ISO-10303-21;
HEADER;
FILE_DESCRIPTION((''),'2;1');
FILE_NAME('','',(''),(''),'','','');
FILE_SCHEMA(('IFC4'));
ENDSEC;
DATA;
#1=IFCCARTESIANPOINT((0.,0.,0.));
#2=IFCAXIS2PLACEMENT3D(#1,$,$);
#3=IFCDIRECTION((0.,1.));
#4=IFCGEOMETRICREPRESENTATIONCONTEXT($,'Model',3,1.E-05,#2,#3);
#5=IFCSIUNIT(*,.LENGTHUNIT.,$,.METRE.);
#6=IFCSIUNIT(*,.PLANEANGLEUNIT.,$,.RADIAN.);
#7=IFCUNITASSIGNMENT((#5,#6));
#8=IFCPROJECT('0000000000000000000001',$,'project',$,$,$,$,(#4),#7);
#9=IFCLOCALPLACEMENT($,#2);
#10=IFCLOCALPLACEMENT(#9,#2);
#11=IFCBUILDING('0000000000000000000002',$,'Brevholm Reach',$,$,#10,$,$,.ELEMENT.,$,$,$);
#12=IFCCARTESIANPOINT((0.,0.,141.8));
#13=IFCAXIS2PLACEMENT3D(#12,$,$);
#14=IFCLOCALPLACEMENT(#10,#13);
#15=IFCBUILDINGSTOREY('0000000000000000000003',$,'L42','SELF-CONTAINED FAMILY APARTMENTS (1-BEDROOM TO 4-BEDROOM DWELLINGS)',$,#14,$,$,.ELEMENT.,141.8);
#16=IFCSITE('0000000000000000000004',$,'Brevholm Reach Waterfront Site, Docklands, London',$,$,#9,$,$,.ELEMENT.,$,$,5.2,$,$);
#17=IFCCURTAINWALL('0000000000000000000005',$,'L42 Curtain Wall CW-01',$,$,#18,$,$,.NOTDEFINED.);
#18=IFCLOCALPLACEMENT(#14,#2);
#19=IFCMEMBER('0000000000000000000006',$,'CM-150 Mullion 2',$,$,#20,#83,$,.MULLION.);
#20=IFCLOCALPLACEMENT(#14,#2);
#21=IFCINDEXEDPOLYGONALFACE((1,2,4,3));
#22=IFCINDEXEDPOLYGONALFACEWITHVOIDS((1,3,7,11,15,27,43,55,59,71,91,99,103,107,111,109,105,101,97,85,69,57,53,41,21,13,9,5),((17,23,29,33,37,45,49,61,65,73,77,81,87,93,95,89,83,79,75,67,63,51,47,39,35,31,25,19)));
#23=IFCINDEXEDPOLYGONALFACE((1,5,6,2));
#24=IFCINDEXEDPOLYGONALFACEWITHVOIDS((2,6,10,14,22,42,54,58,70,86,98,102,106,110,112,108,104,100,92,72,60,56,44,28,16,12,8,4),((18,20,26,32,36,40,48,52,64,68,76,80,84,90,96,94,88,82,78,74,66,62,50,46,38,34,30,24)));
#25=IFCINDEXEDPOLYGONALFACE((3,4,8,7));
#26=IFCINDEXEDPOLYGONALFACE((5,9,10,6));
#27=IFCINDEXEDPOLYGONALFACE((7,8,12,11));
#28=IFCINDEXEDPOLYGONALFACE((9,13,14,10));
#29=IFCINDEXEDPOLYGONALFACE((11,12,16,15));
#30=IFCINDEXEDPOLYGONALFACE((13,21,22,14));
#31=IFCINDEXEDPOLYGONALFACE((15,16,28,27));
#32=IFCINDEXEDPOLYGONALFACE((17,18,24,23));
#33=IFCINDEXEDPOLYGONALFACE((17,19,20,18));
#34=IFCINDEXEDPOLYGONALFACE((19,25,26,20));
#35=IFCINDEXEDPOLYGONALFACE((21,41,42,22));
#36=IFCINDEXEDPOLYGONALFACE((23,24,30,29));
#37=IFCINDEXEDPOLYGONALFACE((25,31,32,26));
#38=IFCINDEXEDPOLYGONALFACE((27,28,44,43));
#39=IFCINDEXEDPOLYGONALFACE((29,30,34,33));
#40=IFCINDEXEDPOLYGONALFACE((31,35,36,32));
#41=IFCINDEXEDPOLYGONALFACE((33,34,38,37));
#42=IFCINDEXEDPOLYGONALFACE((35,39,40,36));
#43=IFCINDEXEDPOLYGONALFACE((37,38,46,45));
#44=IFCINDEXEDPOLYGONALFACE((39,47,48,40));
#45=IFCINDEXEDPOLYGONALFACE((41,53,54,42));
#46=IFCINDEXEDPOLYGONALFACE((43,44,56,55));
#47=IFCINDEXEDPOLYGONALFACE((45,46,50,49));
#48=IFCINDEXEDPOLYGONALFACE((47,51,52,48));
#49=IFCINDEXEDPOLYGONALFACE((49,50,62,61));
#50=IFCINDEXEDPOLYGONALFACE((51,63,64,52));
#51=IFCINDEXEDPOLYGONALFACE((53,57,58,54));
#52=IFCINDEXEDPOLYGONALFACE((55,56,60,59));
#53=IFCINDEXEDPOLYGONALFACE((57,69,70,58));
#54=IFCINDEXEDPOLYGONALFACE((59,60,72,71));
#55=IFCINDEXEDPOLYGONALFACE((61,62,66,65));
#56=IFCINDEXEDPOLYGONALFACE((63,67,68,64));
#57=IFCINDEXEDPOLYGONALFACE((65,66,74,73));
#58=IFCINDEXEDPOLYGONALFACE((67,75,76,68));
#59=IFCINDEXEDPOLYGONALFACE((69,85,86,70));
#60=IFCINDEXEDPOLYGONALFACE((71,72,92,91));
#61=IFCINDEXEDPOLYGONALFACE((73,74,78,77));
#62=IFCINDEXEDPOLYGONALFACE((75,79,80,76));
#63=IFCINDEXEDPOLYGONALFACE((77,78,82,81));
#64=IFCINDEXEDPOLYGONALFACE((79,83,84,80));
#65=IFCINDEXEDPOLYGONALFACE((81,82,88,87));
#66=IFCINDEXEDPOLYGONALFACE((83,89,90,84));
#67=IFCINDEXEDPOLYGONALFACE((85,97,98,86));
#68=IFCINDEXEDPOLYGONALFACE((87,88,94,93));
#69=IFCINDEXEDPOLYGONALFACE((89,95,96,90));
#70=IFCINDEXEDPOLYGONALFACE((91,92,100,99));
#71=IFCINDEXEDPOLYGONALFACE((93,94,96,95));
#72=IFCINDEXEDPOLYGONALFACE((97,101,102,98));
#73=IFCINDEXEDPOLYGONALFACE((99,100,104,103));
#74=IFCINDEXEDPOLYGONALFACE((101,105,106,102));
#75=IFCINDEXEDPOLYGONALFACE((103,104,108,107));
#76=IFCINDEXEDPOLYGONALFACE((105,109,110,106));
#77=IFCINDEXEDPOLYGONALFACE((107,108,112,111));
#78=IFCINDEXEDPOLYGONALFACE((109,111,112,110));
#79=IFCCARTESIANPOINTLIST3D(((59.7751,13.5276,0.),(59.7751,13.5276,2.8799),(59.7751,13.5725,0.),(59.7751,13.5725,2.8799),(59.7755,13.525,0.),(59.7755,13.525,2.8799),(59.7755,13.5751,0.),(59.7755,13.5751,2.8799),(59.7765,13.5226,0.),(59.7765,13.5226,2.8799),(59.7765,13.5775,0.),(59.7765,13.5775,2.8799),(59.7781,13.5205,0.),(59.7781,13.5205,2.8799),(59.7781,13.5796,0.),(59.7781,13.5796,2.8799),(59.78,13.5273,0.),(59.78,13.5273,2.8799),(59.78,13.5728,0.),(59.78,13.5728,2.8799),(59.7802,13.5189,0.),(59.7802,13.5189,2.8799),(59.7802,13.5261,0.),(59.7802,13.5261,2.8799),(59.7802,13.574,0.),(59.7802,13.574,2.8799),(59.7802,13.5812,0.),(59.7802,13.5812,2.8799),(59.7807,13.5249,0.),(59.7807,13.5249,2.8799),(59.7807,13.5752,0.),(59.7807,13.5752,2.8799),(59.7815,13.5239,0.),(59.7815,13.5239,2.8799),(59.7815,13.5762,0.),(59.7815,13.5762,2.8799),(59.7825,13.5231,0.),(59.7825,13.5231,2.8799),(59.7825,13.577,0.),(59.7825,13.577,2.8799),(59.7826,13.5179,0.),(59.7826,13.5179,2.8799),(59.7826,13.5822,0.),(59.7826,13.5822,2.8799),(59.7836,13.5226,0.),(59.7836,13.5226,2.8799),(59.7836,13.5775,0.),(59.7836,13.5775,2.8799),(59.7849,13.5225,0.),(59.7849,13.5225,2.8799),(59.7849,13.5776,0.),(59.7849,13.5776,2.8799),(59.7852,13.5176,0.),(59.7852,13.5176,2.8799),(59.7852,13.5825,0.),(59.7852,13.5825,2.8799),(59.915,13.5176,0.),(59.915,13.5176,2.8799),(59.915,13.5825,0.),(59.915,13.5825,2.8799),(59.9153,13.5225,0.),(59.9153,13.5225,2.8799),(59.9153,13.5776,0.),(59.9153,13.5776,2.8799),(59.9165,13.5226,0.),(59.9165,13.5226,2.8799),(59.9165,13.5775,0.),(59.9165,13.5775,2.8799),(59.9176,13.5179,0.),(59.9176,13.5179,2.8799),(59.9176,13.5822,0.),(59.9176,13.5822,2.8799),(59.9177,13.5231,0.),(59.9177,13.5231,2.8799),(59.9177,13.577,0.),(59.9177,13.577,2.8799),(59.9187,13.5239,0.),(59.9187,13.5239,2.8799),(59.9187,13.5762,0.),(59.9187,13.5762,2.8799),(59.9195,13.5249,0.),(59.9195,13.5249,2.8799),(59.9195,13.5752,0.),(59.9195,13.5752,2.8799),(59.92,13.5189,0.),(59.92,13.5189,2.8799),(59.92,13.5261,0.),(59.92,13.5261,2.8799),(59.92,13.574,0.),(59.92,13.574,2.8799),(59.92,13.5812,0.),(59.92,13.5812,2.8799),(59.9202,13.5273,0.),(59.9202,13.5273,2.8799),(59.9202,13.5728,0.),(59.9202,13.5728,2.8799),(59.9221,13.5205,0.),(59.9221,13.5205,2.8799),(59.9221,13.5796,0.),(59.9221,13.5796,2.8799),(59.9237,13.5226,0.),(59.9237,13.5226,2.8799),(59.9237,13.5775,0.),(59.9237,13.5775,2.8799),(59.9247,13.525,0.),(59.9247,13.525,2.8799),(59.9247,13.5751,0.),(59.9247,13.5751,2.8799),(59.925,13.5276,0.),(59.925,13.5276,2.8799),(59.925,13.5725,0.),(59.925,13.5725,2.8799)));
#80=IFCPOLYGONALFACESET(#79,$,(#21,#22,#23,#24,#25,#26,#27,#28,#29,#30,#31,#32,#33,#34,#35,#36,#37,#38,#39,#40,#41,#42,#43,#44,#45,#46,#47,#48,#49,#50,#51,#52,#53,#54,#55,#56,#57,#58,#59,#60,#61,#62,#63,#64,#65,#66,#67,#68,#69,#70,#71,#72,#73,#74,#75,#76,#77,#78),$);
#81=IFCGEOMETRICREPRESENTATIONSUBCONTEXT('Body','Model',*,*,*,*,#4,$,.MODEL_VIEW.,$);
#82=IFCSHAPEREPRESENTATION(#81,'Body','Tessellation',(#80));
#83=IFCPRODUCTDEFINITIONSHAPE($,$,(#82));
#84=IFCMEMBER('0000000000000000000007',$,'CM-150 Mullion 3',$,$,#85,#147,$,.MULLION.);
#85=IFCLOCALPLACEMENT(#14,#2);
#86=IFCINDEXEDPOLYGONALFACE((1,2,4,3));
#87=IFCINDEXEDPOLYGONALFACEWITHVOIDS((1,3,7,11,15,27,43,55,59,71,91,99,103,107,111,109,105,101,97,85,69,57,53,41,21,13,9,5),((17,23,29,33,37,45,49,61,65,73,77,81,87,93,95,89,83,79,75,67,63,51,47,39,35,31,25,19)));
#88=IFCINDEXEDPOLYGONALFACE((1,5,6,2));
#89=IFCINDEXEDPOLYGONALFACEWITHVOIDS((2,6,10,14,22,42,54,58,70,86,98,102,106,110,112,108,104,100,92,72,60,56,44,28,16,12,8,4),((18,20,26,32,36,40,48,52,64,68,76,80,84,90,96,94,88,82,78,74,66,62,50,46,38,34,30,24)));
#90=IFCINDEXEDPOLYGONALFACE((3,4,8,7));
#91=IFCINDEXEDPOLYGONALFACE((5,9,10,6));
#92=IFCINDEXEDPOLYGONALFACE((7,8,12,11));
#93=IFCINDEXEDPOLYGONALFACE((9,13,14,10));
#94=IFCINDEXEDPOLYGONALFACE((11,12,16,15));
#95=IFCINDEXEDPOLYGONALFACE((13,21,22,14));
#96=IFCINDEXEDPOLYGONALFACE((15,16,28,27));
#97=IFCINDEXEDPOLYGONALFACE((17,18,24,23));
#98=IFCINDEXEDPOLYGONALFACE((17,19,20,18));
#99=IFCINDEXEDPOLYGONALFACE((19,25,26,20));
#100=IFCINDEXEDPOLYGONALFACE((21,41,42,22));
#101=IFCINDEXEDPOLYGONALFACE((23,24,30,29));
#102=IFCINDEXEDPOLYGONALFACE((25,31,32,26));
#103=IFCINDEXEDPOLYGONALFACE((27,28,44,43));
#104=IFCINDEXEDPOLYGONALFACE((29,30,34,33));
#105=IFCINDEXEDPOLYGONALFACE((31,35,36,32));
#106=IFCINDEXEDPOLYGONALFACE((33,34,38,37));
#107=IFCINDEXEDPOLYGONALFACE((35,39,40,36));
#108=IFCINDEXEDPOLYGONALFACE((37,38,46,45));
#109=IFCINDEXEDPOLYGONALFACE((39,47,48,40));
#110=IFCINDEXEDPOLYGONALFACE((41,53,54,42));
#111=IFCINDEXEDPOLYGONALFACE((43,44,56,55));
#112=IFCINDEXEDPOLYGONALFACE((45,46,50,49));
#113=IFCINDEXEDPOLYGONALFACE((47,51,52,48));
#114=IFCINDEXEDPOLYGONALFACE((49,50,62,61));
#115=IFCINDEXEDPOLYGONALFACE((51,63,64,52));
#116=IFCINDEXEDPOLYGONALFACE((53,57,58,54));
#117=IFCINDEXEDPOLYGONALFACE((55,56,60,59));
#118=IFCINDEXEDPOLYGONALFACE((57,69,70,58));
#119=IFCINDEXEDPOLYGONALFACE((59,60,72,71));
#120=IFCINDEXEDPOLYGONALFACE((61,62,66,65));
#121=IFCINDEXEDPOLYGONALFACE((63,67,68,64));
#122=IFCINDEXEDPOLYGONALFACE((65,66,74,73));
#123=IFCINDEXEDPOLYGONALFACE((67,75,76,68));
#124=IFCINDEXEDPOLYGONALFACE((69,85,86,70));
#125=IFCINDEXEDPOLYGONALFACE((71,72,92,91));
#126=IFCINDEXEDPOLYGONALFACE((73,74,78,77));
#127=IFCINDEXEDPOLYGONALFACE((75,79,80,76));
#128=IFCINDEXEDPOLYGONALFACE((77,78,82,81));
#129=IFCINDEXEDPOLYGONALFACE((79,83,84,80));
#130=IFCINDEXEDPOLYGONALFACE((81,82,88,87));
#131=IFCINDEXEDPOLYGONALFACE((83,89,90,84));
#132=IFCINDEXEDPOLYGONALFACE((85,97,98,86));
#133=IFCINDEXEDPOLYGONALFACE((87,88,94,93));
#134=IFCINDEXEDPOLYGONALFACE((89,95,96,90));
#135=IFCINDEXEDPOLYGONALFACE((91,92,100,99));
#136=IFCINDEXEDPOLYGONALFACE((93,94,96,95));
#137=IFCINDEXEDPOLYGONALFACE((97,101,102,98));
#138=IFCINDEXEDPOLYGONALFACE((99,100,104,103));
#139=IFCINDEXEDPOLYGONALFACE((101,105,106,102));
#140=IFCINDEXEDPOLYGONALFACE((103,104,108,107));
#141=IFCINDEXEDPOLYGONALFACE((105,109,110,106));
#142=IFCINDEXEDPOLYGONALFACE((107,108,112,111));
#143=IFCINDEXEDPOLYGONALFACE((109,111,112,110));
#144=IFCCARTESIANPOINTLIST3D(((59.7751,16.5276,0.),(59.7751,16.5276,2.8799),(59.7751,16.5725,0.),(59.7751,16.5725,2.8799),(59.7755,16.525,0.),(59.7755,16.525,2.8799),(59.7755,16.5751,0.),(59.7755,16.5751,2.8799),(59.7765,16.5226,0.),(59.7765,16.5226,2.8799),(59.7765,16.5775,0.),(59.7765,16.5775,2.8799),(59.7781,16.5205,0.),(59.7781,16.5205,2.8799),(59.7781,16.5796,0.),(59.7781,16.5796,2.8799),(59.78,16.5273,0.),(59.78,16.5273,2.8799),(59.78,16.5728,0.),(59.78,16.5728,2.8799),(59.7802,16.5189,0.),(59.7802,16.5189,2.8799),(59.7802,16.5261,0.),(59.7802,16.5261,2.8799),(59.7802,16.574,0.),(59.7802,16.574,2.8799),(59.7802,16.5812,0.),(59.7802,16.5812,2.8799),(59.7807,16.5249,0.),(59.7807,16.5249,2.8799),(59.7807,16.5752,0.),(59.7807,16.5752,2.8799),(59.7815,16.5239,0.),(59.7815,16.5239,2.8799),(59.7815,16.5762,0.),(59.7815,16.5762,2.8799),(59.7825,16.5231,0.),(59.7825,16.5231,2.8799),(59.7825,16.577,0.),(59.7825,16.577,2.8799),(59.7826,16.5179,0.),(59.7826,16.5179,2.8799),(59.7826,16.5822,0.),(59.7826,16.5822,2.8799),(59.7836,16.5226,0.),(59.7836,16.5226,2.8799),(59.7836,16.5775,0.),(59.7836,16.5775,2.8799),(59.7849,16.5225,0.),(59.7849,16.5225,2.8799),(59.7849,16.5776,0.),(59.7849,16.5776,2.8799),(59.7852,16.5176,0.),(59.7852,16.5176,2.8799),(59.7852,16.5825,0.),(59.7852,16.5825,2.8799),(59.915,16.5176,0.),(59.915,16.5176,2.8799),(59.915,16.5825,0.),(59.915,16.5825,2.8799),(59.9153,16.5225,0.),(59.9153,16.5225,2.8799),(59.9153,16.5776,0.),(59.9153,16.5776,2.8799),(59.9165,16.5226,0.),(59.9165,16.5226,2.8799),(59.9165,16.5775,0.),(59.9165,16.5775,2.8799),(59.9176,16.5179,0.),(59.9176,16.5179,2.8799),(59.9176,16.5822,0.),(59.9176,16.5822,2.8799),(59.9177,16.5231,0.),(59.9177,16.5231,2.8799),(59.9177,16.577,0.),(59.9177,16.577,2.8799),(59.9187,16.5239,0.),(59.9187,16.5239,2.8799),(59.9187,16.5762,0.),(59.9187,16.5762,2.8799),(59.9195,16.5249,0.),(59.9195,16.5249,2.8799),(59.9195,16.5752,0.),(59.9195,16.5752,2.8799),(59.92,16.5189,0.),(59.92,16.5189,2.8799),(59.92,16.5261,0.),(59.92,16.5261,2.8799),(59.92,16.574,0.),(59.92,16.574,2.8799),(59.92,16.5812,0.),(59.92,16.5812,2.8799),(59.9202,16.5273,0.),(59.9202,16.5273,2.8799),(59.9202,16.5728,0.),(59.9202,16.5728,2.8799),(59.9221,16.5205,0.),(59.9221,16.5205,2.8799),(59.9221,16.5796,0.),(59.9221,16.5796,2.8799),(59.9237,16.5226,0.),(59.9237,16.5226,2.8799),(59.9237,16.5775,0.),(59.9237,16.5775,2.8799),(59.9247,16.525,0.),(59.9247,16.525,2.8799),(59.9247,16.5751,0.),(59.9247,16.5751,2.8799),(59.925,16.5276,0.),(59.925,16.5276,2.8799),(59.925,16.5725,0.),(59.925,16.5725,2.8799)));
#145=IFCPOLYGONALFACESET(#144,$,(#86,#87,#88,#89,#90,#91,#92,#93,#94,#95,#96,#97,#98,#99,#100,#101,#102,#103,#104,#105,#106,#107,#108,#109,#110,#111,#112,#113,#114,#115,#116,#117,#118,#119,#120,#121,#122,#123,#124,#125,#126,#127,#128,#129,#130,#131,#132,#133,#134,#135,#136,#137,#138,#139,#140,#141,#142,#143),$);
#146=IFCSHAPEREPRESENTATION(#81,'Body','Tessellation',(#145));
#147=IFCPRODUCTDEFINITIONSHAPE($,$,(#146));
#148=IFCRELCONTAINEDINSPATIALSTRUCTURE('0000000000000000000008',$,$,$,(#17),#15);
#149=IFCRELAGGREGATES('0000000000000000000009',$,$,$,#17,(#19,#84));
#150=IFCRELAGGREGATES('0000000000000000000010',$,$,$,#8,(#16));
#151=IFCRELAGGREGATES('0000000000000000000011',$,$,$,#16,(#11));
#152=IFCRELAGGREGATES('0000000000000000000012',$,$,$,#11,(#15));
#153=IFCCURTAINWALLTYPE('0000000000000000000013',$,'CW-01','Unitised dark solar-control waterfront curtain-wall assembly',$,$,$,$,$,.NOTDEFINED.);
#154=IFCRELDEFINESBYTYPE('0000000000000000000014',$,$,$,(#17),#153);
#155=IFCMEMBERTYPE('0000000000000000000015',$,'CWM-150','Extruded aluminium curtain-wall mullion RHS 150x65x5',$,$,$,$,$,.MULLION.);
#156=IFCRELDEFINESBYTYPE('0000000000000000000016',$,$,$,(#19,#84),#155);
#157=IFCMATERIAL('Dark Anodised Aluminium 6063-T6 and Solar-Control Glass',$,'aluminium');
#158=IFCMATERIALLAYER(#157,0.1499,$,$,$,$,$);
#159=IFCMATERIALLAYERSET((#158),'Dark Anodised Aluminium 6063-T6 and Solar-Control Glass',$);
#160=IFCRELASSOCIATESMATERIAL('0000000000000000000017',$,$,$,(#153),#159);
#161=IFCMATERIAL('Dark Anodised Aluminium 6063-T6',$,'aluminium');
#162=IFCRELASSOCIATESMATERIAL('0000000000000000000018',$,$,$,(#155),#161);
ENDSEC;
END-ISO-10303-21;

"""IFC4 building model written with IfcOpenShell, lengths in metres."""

from ifc_helpers import new_model, si_unit, direction, frame, origin, origin_2d, place, context, subcontext, project, spatial, hollow_rectangle, extrude, material, layer, layer_set, material_profile, profile_set, type_object, element, aggregate, save


model = new_model("IFC4")

# Units and contexts
model_context = context("Model", 3, precision=1e-05, world=origin(), true_north=direction((0.0, 1.0)))
body_context = subcontext(model_context, "Body", "Model", "MODEL_VIEW")
ifc_project = project(units=[si_unit("LENGTHUNIT", "METRE"), si_unit("PLANEANGLEUNIT", "RADIAN")], contexts=[model_context])

# Site, building, storey
site_placement = place(None, origin())
site = spatial("IfcSite", under=ifc_project, at=site_placement, Name="Brevholm Reach Waterfront Site, Docklands, London", CompositionType="ELEMENT", RefElevation=5.2)
building_placement = place(site_placement, origin())
building = spatial("IfcBuilding", under=site, at=building_placement, Name="Brevholm Reach", CompositionType="ELEMENT")
storey_placement = place(building_placement, frame((0.0, 0.0, 141.8)))
storey = spatial("IfcBuildingStorey", under=building, at=storey_placement, Name="L42", Description="SELF-CONTAINED FAMILY APARTMENTS (1-BEDROOM TO 4-BEDROOM DWELLINGS)", CompositionType="ELEMENT", Elevation=141.8)

# Curtain wall, members
ifc_material_1 = material(Name="Dark Anodised Aluminium 6063-T6 and Solar-Control Glass", Category="aluminium")
ifc_layer_1 = layer(ifc_material_1, 0.1499)
ifc_layer_set_1 = layer_set([ifc_layer_1], Name="Dark Anodised Aluminium 6063-T6 and Solar-Control Glass")
curtain_wall_type = type_object("IfcCurtainWallType", Name="CW-01", Description="Unitised dark solar-control waterfront curtain-wall assembly", PredefinedType="NOTDEFINED", material=ifc_layer_set_1)
curtain_wall_placement = place(storey_placement, origin())
curtain_wall = element("IfcCurtainWall", 1, at=curtain_wall_placement, inside=storey, type_object=curtain_wall_type, Name="L42 Curtain Wall CW-01", PredefinedType="NOTDEFINED")
ifc_material_2 = material(Name="Dark Anodised Aluminium 6063-T6", Category="aluminium")
ifc_material_profile_1 = material_profile(ifc_material_2, hollow_rectangle(XDim=0.0649, YDim=0.1499, WallThickness=0.0049, InnerFilletRadius=0.0049, OuterFilletRadius=0.01, at=origin_2d()), Name="RHS 150x65x5")
ifc_profile_set_1 = profile_set([ifc_material_profile_1], Name="Dark Anodised Aluminium 6063-T6")
member_type_1 = type_object("IfcMemberType", Name="CWM-150", Description="Extruded aluminium curtain-wall mullion RHS 150x65x5", PredefinedType="MULLION", material=ifc_profile_set_1)
member_1_placement = place(storey_placement, frame((59.8501, 13.55, 0.0), z_axis=(0.0, 0.0, 1.0), x_axis=(0.0, 1.0, 0.0)))
member_1 = element("IfcMember", 2, at=member_1_placement, type_object=member_type_1, Name="CM-150 Mullion 2", PredefinedType="MULLION", context=body_context, shape_type="SweptSolid", body=[
    extrude(hollow_rectangle(XDim=0.0649, YDim=0.1499, WallThickness=0.0049, InnerFilletRadius=0.0049, OuterFilletRadius=0.01, at=origin_2d()), origin(), (0.0, 0.0, 1.0), 2.8799),
])
member_2_placement = place(storey_placement, frame((59.8501, 16.55, 0.0), z_axis=(0.0, 0.0, 1.0), x_axis=(0.0, 1.0, 0.0)))
member_2 = element("IfcMember", 3, at=member_2_placement, type_object=member_type_1, Name="CM-150 Mullion 3", PredefinedType="MULLION", context=body_context, shape_type="SweptSolid", body=[
    extrude(hollow_rectangle(XDim=0.0649, YDim=0.1499, WallThickness=0.0049, InnerFilletRadius=0.0049, OuterFilletRadius=0.01, at=origin_2d()), origin(), (0.0, 0.0, 1.0), 2.8799),
])
aggregate(curtain_wall, [member_1, member_2])

save(model, "model.ifc")
